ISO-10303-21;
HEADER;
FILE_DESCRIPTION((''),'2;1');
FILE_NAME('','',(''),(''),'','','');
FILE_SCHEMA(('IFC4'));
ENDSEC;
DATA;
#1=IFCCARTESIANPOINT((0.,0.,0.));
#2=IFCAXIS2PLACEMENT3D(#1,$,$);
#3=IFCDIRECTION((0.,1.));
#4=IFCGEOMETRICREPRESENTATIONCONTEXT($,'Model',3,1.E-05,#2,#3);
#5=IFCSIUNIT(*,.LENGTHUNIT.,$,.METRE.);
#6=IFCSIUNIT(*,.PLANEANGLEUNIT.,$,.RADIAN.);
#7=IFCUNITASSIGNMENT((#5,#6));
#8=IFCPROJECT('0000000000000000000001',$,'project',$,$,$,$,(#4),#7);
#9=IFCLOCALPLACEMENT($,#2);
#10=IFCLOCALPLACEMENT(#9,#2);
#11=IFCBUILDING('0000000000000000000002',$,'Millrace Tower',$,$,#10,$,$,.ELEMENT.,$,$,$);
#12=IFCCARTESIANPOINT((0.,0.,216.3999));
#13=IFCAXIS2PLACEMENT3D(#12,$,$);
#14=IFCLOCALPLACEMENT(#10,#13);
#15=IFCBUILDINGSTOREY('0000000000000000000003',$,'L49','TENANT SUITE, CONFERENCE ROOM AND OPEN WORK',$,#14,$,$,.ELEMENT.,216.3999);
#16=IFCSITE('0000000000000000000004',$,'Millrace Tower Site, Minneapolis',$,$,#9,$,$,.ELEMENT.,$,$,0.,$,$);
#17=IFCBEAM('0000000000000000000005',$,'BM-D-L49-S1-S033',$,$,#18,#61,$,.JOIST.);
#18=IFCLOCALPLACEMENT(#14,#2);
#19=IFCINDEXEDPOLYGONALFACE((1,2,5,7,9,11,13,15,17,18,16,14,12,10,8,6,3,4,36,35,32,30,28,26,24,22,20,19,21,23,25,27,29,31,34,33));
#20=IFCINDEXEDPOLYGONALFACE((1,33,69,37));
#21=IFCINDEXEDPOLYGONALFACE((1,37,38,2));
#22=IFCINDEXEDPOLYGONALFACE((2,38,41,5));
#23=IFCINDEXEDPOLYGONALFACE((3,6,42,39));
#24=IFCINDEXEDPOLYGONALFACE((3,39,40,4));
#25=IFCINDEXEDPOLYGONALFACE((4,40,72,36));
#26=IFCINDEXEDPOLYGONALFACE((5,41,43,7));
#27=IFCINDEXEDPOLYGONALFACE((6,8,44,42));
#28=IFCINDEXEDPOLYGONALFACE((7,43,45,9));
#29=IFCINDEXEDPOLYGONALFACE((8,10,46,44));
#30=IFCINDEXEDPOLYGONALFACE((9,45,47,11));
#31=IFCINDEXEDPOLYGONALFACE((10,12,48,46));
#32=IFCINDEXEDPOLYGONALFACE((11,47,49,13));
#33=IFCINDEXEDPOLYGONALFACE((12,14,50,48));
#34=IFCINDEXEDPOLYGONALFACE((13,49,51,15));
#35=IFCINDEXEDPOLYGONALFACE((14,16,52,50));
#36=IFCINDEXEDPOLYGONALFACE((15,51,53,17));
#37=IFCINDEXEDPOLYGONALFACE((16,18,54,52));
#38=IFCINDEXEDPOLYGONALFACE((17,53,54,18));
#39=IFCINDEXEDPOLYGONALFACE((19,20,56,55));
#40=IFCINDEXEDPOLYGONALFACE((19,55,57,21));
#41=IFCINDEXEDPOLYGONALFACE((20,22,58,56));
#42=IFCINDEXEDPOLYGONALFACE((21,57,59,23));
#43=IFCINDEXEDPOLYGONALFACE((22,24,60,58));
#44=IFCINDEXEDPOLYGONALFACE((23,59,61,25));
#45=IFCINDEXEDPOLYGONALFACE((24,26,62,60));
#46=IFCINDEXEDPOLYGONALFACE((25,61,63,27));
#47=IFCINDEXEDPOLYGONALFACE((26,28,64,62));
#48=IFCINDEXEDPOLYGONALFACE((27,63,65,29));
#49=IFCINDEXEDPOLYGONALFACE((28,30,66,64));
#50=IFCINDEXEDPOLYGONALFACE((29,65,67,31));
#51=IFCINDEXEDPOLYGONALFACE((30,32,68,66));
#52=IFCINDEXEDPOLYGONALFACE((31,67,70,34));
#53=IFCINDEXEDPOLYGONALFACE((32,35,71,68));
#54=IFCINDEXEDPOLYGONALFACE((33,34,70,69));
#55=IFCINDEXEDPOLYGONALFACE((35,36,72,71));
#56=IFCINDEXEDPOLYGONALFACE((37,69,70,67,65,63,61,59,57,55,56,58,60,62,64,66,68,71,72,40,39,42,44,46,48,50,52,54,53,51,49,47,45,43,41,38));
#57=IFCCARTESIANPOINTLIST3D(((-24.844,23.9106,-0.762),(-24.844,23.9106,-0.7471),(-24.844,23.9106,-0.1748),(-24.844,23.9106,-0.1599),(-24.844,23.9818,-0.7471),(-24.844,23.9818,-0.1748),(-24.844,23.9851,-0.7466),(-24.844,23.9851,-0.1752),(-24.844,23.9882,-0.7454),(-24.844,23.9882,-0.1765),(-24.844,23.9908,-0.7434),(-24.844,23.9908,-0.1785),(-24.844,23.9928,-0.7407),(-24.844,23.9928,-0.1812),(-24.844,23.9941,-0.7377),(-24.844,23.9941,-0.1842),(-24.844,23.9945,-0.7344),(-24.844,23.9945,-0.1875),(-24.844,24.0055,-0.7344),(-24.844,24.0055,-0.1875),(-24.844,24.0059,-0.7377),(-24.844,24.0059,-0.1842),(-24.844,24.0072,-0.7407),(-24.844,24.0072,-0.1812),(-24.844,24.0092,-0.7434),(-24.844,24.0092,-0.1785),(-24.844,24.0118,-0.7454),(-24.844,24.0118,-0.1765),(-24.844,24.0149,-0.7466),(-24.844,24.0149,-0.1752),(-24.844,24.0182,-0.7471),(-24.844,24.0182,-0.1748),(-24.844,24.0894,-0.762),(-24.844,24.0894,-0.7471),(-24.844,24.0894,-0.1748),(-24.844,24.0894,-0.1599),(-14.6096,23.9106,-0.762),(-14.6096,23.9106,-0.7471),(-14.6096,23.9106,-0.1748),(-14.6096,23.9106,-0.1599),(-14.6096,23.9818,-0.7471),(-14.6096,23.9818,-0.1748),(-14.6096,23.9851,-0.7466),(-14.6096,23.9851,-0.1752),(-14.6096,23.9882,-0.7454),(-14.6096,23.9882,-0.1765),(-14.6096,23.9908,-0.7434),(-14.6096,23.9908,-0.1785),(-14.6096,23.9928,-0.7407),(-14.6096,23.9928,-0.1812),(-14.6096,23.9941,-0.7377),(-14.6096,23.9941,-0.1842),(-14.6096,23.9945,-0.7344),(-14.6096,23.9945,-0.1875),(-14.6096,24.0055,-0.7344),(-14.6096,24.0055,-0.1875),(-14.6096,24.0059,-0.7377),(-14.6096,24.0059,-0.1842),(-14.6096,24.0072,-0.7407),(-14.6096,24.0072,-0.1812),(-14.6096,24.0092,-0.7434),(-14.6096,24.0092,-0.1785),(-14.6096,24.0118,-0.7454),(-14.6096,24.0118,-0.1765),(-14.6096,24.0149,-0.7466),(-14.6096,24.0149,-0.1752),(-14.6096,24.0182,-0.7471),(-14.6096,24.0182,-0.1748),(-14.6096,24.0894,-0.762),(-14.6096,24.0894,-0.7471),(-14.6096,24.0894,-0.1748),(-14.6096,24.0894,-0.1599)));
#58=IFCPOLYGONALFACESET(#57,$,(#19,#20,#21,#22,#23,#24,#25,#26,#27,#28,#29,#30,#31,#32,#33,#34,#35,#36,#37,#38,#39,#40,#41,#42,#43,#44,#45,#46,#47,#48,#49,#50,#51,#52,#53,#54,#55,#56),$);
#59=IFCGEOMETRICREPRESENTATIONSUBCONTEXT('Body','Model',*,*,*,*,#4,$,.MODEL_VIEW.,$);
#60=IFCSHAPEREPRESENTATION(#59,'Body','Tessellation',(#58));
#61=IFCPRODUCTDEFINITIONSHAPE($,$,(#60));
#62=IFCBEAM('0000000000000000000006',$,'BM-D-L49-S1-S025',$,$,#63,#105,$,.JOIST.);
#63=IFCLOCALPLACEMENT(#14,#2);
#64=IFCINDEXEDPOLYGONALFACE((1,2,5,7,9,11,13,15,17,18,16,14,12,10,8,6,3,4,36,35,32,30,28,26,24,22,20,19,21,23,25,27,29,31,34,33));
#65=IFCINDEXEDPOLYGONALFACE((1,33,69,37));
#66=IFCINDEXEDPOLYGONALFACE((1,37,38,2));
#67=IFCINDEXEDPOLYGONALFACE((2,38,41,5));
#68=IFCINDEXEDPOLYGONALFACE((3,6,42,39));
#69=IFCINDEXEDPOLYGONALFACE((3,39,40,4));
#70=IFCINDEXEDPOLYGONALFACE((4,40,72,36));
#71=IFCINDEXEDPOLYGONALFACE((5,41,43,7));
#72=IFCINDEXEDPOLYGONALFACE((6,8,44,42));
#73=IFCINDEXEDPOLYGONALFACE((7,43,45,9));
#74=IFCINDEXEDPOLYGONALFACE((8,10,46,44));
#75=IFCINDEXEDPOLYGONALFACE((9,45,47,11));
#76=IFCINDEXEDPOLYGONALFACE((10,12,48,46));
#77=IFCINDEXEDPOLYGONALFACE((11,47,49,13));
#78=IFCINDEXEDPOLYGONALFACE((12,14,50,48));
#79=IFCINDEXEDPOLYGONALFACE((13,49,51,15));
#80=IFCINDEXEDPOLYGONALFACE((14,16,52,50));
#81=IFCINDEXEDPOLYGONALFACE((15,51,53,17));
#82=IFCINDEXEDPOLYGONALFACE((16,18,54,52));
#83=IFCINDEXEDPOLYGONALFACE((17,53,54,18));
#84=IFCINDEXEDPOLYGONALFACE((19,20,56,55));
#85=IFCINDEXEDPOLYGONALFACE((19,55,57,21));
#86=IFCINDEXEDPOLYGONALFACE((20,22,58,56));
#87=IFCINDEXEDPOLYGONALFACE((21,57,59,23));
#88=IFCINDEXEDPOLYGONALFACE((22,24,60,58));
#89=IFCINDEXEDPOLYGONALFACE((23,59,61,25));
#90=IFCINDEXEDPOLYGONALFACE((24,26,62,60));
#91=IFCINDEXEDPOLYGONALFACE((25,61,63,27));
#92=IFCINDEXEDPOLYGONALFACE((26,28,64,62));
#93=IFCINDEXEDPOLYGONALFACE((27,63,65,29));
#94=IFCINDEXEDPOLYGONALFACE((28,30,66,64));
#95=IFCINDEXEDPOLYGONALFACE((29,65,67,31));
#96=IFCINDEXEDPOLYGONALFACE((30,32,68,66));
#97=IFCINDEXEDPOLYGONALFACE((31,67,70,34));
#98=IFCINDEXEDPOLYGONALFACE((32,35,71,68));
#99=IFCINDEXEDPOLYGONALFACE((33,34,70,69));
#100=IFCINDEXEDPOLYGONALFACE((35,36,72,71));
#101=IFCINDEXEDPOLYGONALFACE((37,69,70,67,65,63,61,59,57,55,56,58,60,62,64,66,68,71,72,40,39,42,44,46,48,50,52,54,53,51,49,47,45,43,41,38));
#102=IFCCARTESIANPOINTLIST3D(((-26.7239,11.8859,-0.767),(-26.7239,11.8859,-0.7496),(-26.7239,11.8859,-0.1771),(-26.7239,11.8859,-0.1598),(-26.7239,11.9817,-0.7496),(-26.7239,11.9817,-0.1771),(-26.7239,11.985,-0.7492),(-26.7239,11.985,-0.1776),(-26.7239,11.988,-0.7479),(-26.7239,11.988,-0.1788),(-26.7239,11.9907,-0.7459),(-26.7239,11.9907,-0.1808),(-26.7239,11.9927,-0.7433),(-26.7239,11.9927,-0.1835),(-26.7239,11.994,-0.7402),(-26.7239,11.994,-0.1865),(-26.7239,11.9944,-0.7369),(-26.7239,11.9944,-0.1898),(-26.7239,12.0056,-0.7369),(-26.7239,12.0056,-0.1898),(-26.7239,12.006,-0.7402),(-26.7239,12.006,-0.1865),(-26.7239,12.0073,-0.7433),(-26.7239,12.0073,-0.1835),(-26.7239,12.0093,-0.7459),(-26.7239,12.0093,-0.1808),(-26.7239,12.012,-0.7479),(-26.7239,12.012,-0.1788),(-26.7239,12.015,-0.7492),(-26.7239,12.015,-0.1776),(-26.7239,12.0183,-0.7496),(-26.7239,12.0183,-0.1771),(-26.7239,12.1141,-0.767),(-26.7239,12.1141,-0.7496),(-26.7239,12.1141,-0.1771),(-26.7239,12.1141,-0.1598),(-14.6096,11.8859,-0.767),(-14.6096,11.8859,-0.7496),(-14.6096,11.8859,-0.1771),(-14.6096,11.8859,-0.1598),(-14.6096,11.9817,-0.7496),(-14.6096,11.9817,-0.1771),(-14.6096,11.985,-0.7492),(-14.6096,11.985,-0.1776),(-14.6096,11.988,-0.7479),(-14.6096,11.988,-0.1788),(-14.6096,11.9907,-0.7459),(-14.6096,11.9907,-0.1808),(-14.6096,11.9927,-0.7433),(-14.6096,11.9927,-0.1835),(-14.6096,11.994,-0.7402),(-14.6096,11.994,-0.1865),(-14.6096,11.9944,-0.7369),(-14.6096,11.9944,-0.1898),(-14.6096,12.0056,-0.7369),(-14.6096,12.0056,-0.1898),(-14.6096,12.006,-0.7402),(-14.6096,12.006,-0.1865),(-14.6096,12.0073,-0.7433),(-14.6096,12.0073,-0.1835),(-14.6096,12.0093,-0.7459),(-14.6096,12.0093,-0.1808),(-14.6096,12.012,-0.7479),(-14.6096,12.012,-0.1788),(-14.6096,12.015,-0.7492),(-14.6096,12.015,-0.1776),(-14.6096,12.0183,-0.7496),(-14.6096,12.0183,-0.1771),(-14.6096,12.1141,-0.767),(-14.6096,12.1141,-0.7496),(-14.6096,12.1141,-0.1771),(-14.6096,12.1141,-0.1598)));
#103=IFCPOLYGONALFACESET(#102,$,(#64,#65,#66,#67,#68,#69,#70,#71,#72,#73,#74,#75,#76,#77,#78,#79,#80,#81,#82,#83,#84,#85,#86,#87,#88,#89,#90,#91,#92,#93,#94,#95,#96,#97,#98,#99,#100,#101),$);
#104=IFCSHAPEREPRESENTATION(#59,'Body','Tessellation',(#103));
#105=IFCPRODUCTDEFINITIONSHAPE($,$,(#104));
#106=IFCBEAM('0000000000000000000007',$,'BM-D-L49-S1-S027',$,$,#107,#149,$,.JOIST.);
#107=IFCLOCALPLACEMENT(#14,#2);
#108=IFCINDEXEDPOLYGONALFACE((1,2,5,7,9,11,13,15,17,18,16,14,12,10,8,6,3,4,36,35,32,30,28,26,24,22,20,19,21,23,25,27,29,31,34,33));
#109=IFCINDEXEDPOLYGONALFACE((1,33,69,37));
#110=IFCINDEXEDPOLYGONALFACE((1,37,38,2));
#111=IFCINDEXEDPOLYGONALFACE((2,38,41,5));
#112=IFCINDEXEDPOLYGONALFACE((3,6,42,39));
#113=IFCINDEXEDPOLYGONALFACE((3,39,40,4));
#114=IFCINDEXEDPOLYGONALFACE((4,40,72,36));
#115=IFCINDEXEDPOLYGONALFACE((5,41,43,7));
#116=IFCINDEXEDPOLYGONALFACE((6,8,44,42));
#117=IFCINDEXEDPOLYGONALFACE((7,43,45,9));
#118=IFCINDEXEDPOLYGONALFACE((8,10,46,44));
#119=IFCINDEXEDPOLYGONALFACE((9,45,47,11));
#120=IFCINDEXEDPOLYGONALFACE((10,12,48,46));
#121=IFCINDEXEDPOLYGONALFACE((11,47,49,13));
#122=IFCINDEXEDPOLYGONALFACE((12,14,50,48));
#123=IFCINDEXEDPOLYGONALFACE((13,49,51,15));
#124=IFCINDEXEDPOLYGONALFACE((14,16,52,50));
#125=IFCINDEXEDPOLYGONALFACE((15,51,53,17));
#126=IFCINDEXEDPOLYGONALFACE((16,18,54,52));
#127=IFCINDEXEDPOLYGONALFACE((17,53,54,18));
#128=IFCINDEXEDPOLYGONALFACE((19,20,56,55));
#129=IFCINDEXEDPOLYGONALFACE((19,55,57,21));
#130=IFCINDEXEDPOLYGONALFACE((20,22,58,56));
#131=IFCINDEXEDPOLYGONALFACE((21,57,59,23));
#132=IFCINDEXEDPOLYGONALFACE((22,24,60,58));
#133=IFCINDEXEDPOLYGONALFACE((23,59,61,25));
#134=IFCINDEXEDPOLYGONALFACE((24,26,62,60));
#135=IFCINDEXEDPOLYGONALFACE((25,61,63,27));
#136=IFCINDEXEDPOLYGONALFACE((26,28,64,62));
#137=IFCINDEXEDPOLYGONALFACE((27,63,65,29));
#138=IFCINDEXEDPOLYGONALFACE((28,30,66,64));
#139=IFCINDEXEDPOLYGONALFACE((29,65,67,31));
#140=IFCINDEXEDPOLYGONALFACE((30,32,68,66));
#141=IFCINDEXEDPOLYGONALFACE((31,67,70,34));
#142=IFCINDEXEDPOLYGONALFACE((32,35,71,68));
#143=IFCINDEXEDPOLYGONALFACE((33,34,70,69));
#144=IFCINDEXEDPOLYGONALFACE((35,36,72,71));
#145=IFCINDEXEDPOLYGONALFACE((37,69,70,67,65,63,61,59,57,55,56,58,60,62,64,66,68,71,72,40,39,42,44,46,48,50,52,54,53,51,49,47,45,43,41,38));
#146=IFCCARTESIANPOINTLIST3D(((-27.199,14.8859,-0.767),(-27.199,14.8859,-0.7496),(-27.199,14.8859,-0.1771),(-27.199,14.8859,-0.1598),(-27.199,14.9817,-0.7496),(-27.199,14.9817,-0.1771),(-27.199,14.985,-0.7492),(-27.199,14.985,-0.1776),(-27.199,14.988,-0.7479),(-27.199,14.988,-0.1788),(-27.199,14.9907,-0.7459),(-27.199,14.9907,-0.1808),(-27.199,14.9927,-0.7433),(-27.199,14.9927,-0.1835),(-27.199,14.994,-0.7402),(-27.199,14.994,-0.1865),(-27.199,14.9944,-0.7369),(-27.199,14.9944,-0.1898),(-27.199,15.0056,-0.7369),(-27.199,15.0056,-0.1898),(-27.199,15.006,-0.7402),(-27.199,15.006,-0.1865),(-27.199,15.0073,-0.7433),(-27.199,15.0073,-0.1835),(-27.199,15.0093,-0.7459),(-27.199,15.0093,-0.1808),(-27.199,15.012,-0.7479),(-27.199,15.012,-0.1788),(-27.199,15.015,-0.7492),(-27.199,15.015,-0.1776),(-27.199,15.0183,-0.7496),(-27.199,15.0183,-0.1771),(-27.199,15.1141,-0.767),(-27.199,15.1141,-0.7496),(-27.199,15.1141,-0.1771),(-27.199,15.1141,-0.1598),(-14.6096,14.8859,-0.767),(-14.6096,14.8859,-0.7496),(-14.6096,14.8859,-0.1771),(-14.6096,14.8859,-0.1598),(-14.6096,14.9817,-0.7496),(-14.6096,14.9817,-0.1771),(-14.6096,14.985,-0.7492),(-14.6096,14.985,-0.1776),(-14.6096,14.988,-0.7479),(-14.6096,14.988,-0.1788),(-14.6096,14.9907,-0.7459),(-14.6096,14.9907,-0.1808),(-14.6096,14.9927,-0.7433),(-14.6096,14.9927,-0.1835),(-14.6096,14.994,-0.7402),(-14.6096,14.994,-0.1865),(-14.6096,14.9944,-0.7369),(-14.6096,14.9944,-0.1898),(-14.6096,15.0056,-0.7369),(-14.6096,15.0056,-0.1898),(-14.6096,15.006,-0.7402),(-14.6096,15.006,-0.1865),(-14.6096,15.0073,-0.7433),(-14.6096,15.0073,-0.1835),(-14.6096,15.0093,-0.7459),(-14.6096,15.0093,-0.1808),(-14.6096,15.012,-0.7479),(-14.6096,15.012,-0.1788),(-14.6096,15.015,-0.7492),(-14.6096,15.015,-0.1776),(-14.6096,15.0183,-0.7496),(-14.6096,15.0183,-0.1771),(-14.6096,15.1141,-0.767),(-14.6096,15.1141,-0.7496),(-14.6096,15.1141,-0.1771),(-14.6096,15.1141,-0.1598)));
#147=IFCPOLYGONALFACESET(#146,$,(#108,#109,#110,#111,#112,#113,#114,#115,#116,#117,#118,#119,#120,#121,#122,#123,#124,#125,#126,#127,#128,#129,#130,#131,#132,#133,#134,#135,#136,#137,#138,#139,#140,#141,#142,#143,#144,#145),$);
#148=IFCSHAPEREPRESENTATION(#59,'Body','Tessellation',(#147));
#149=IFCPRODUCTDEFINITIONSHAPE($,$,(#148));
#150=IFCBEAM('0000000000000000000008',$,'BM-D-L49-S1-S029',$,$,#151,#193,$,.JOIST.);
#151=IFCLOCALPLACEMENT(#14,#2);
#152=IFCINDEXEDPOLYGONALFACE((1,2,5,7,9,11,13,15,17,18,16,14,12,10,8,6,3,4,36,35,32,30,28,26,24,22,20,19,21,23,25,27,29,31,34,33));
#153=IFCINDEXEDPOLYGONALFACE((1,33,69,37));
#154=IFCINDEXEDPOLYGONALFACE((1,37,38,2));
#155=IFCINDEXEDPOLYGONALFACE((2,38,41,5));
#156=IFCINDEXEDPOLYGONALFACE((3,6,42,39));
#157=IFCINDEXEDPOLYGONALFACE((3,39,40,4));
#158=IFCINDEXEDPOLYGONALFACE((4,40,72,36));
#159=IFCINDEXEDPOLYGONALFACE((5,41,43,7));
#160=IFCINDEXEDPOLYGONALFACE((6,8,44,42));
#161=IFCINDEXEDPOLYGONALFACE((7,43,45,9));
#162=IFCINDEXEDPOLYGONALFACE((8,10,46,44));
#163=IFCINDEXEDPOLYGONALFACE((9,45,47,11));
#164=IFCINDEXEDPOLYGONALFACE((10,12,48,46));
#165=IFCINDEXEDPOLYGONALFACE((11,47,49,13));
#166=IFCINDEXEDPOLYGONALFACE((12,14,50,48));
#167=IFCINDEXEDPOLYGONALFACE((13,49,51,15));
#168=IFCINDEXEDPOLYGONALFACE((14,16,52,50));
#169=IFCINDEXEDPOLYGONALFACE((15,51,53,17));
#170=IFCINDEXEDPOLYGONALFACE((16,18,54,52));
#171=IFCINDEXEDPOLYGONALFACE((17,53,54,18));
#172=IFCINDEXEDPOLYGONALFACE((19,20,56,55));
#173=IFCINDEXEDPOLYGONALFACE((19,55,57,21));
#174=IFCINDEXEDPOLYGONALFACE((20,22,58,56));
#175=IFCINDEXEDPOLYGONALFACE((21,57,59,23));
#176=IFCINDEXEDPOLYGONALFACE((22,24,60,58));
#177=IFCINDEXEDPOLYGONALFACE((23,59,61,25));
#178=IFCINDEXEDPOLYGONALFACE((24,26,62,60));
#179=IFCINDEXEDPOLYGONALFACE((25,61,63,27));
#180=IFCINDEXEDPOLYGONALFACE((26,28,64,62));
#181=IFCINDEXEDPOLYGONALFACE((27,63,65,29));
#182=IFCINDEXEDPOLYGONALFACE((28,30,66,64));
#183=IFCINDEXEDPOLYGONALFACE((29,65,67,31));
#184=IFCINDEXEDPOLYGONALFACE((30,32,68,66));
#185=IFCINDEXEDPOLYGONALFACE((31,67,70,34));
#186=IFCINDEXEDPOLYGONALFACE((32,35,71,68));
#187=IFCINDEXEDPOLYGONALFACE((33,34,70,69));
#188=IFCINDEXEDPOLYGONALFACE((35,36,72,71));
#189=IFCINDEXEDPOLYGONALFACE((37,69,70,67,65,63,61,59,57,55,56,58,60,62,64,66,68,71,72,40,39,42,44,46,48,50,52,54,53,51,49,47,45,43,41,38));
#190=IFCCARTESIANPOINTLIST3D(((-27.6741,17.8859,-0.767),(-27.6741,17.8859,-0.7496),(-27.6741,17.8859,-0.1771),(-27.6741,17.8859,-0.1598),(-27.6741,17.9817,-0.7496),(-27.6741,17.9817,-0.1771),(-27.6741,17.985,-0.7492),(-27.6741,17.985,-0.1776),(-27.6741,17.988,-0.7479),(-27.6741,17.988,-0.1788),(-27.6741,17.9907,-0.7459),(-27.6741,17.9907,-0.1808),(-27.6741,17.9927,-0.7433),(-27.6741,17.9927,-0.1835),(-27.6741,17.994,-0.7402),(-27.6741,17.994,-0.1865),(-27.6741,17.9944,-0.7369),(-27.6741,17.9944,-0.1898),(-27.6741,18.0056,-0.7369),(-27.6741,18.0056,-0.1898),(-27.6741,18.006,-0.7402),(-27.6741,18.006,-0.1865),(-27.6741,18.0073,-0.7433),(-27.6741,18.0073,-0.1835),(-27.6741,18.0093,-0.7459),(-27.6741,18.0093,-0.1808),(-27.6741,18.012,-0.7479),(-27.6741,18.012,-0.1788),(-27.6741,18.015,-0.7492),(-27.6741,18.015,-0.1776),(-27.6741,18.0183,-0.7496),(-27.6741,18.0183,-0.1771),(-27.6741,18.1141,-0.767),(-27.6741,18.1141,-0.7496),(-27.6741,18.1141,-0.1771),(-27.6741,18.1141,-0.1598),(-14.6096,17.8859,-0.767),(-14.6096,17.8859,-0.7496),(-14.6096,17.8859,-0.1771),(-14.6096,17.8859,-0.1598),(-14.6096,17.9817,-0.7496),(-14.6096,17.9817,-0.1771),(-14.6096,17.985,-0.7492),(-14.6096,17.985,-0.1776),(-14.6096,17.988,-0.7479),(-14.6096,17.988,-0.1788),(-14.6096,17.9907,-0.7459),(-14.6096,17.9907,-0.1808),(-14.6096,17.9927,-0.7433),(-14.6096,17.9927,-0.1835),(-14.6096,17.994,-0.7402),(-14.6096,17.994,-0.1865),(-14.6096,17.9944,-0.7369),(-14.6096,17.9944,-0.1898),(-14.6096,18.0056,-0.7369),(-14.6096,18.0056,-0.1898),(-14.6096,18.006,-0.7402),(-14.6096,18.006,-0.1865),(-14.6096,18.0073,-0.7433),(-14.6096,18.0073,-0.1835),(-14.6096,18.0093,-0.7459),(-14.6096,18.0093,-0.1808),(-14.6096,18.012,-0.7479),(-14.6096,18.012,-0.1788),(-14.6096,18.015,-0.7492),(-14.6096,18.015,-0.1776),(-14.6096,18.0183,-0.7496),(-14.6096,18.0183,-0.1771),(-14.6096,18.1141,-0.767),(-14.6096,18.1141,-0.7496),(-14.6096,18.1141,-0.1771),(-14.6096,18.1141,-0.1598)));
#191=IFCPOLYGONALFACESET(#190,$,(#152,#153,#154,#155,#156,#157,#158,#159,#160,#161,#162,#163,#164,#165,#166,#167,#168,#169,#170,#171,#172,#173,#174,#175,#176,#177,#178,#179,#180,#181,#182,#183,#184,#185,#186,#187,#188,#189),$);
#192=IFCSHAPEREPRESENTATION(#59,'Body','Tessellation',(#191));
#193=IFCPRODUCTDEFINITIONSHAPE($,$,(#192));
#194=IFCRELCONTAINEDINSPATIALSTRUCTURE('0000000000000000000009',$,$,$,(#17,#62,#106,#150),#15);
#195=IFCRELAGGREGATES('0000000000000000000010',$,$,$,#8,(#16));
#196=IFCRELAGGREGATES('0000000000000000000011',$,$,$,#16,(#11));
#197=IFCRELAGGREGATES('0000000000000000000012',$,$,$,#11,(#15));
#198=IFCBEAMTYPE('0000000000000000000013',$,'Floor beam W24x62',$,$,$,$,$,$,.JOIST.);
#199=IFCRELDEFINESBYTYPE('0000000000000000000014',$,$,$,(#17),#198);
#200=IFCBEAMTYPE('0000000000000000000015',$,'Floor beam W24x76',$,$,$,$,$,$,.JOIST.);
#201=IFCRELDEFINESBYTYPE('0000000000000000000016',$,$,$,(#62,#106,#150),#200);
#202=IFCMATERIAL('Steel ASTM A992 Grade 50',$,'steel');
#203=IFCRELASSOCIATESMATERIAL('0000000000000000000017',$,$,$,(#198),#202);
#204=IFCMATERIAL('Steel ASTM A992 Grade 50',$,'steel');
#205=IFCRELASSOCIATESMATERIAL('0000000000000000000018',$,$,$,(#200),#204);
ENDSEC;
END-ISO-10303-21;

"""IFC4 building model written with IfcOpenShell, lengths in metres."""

from ifc_helpers import new_model, si_unit, direction, frame, origin, origin_2d, place, context, subcontext, project, spatial, i_section, extrude, material, material_profile, profile_set, type_object, element, save


model = new_model("IFC4")

# Units and contexts
model_context = context("Model", 3, precision=1e-05, world=origin(), true_north=direction((0.0, 1.0)))
body_context = subcontext(model_context, "Body", "Model", "MODEL_VIEW")
ifc_project = project(units=[si_unit("LENGTHUNIT", "METRE"), si_unit("PLANEANGLEUNIT", "RADIAN")], contexts=[model_context])

# Site, building, storey
site_placement = place(None, origin())
site = spatial("IfcSite", under=ifc_project, at=site_placement, Name="Millrace Tower Site, Minneapolis", CompositionType="ELEMENT", RefElevation=0.0)
building_placement = place(site_placement, origin())
building = spatial("IfcBuilding", under=site, at=building_placement, Name="Millrace Tower", CompositionType="ELEMENT")
storey_placement = place(building_placement, frame((0.0, 0.0, 216.3999)))
storey = spatial("IfcBuildingStorey", under=building, at=storey_placement, Name="L49", Description="TENANT SUITE, CONFERENCE ROOM AND OPEN WORK", CompositionType="ELEMENT", Elevation=216.3999)

# Beams
ifc_material_1 = material(Name="Steel ASTM A992 Grade 50", Category="steel")
ifc_material_profile_1 = material_profile(ifc_material_1, i_section(OverallWidth=0.1787, OverallDepth=0.6021, WebThickness=0.011, FlangeThickness=0.0149, FilletRadius=0.0127, at=origin_2d()))
ifc_profile_set_1 = profile_set([ifc_material_profile_1], Name="Steel ASTM A992 Grade 50")
beam_type_1 = type_object("IfcBeamType", Name="Floor beam W24x62", PredefinedType="JOIST", material=ifc_profile_set_1)
beam_1_placement = place(storey_placement, frame((-24.844, 24.0, -0.4609), z_axis=(1.0, 0.0, 0.0), x_axis=(0.0, 1.0, 0.0)))
element("IfcBeam", 1, at=beam_1_placement, inside=storey, type_object=beam_type_1, Name="BM-D-L49-S1-S033", PredefinedType="JOIST", context=body_context, shape_type="SweptSolid", body=[
    extrude(i_section(OverallWidth=0.1787, OverallDepth=0.6021, WebThickness=0.011, FlangeThickness=0.0149, FilletRadius=0.0127, at=origin_2d()), origin(), (0.0, 0.0, 1.0), 10.2344),
])
ifc_material_2 = material(Name="Steel ASTM A992 Grade 50", Category="steel")
ifc_material_profile_2 = material_profile(ifc_material_2, i_section(OverallWidth=0.2283, OverallDepth=0.6072, WebThickness=0.0112, FlangeThickness=0.0173, FilletRadius=0.0127, at=origin_2d()))
ifc_profile_set_2 = profile_set([ifc_material_profile_2], Name="Steel ASTM A992 Grade 50")
beam_type_2 = type_object("IfcBeamType", Name="Floor beam W24x76", PredefinedType="JOIST", material=ifc_profile_set_2)
beam_2_placement = place(storey_placement, frame((-26.7239, 12.0, -0.4634), z_axis=(1.0, 0.0, 0.0), x_axis=(0.0, 1.0, 0.0)))
element("IfcBeam", 2, at=beam_2_placement, inside=storey, type_object=beam_type_2, Name="BM-D-L49-S1-S025", PredefinedType="JOIST", context=body_context, shape_type="SweptSolid", body=[
    extrude(i_section(OverallWidth=0.2283, OverallDepth=0.6072, WebThickness=0.0112, FlangeThickness=0.0173, FilletRadius=0.0127, at=origin_2d()), origin(), (0.0, 0.0, 1.0), 12.1143),
])
beam_3_placement = place(storey_placement, frame((-27.199, 15.0, -0.4634), z_axis=(1.0, 0.0, 0.0), x_axis=(0.0, 1.0, 0.0)))
element("IfcBeam", 3, at=beam_3_placement, inside=storey, type_object=beam_type_2, Name="BM-D-L49-S1-S027", PredefinedType="JOIST", context=body_context, shape_type="SweptSolid", body=[
    extrude(i_section(OverallWidth=0.2283, OverallDepth=0.6072, WebThickness=0.0112, FlangeThickness=0.0173, FilletRadius=0.0127, at=origin_2d()), origin(), (0.0, 0.0, 1.0), 12.5894),
])
beam_4_placement = place(storey_placement, frame((-27.6741, 18.0, -0.4634), z_axis=(1.0, 0.0, 0.0), x_axis=(0.0, 1.0, 0.0)))
element("IfcBeam", 4, at=beam_4_placement, inside=storey, type_object=beam_type_2, Name="BM-D-L49-S1-S029", PredefinedType="JOIST", context=body_context, shape_type="SweptSolid", body=[
    extrude(i_section(OverallWidth=0.2283, OverallDepth=0.6072, WebThickness=0.0112, FlangeThickness=0.0173, FilletRadius=0.0127, at=origin_2d()), origin(), (0.0, 0.0, 1.0), 13.0645),
])

save(model, "model.ifc")
